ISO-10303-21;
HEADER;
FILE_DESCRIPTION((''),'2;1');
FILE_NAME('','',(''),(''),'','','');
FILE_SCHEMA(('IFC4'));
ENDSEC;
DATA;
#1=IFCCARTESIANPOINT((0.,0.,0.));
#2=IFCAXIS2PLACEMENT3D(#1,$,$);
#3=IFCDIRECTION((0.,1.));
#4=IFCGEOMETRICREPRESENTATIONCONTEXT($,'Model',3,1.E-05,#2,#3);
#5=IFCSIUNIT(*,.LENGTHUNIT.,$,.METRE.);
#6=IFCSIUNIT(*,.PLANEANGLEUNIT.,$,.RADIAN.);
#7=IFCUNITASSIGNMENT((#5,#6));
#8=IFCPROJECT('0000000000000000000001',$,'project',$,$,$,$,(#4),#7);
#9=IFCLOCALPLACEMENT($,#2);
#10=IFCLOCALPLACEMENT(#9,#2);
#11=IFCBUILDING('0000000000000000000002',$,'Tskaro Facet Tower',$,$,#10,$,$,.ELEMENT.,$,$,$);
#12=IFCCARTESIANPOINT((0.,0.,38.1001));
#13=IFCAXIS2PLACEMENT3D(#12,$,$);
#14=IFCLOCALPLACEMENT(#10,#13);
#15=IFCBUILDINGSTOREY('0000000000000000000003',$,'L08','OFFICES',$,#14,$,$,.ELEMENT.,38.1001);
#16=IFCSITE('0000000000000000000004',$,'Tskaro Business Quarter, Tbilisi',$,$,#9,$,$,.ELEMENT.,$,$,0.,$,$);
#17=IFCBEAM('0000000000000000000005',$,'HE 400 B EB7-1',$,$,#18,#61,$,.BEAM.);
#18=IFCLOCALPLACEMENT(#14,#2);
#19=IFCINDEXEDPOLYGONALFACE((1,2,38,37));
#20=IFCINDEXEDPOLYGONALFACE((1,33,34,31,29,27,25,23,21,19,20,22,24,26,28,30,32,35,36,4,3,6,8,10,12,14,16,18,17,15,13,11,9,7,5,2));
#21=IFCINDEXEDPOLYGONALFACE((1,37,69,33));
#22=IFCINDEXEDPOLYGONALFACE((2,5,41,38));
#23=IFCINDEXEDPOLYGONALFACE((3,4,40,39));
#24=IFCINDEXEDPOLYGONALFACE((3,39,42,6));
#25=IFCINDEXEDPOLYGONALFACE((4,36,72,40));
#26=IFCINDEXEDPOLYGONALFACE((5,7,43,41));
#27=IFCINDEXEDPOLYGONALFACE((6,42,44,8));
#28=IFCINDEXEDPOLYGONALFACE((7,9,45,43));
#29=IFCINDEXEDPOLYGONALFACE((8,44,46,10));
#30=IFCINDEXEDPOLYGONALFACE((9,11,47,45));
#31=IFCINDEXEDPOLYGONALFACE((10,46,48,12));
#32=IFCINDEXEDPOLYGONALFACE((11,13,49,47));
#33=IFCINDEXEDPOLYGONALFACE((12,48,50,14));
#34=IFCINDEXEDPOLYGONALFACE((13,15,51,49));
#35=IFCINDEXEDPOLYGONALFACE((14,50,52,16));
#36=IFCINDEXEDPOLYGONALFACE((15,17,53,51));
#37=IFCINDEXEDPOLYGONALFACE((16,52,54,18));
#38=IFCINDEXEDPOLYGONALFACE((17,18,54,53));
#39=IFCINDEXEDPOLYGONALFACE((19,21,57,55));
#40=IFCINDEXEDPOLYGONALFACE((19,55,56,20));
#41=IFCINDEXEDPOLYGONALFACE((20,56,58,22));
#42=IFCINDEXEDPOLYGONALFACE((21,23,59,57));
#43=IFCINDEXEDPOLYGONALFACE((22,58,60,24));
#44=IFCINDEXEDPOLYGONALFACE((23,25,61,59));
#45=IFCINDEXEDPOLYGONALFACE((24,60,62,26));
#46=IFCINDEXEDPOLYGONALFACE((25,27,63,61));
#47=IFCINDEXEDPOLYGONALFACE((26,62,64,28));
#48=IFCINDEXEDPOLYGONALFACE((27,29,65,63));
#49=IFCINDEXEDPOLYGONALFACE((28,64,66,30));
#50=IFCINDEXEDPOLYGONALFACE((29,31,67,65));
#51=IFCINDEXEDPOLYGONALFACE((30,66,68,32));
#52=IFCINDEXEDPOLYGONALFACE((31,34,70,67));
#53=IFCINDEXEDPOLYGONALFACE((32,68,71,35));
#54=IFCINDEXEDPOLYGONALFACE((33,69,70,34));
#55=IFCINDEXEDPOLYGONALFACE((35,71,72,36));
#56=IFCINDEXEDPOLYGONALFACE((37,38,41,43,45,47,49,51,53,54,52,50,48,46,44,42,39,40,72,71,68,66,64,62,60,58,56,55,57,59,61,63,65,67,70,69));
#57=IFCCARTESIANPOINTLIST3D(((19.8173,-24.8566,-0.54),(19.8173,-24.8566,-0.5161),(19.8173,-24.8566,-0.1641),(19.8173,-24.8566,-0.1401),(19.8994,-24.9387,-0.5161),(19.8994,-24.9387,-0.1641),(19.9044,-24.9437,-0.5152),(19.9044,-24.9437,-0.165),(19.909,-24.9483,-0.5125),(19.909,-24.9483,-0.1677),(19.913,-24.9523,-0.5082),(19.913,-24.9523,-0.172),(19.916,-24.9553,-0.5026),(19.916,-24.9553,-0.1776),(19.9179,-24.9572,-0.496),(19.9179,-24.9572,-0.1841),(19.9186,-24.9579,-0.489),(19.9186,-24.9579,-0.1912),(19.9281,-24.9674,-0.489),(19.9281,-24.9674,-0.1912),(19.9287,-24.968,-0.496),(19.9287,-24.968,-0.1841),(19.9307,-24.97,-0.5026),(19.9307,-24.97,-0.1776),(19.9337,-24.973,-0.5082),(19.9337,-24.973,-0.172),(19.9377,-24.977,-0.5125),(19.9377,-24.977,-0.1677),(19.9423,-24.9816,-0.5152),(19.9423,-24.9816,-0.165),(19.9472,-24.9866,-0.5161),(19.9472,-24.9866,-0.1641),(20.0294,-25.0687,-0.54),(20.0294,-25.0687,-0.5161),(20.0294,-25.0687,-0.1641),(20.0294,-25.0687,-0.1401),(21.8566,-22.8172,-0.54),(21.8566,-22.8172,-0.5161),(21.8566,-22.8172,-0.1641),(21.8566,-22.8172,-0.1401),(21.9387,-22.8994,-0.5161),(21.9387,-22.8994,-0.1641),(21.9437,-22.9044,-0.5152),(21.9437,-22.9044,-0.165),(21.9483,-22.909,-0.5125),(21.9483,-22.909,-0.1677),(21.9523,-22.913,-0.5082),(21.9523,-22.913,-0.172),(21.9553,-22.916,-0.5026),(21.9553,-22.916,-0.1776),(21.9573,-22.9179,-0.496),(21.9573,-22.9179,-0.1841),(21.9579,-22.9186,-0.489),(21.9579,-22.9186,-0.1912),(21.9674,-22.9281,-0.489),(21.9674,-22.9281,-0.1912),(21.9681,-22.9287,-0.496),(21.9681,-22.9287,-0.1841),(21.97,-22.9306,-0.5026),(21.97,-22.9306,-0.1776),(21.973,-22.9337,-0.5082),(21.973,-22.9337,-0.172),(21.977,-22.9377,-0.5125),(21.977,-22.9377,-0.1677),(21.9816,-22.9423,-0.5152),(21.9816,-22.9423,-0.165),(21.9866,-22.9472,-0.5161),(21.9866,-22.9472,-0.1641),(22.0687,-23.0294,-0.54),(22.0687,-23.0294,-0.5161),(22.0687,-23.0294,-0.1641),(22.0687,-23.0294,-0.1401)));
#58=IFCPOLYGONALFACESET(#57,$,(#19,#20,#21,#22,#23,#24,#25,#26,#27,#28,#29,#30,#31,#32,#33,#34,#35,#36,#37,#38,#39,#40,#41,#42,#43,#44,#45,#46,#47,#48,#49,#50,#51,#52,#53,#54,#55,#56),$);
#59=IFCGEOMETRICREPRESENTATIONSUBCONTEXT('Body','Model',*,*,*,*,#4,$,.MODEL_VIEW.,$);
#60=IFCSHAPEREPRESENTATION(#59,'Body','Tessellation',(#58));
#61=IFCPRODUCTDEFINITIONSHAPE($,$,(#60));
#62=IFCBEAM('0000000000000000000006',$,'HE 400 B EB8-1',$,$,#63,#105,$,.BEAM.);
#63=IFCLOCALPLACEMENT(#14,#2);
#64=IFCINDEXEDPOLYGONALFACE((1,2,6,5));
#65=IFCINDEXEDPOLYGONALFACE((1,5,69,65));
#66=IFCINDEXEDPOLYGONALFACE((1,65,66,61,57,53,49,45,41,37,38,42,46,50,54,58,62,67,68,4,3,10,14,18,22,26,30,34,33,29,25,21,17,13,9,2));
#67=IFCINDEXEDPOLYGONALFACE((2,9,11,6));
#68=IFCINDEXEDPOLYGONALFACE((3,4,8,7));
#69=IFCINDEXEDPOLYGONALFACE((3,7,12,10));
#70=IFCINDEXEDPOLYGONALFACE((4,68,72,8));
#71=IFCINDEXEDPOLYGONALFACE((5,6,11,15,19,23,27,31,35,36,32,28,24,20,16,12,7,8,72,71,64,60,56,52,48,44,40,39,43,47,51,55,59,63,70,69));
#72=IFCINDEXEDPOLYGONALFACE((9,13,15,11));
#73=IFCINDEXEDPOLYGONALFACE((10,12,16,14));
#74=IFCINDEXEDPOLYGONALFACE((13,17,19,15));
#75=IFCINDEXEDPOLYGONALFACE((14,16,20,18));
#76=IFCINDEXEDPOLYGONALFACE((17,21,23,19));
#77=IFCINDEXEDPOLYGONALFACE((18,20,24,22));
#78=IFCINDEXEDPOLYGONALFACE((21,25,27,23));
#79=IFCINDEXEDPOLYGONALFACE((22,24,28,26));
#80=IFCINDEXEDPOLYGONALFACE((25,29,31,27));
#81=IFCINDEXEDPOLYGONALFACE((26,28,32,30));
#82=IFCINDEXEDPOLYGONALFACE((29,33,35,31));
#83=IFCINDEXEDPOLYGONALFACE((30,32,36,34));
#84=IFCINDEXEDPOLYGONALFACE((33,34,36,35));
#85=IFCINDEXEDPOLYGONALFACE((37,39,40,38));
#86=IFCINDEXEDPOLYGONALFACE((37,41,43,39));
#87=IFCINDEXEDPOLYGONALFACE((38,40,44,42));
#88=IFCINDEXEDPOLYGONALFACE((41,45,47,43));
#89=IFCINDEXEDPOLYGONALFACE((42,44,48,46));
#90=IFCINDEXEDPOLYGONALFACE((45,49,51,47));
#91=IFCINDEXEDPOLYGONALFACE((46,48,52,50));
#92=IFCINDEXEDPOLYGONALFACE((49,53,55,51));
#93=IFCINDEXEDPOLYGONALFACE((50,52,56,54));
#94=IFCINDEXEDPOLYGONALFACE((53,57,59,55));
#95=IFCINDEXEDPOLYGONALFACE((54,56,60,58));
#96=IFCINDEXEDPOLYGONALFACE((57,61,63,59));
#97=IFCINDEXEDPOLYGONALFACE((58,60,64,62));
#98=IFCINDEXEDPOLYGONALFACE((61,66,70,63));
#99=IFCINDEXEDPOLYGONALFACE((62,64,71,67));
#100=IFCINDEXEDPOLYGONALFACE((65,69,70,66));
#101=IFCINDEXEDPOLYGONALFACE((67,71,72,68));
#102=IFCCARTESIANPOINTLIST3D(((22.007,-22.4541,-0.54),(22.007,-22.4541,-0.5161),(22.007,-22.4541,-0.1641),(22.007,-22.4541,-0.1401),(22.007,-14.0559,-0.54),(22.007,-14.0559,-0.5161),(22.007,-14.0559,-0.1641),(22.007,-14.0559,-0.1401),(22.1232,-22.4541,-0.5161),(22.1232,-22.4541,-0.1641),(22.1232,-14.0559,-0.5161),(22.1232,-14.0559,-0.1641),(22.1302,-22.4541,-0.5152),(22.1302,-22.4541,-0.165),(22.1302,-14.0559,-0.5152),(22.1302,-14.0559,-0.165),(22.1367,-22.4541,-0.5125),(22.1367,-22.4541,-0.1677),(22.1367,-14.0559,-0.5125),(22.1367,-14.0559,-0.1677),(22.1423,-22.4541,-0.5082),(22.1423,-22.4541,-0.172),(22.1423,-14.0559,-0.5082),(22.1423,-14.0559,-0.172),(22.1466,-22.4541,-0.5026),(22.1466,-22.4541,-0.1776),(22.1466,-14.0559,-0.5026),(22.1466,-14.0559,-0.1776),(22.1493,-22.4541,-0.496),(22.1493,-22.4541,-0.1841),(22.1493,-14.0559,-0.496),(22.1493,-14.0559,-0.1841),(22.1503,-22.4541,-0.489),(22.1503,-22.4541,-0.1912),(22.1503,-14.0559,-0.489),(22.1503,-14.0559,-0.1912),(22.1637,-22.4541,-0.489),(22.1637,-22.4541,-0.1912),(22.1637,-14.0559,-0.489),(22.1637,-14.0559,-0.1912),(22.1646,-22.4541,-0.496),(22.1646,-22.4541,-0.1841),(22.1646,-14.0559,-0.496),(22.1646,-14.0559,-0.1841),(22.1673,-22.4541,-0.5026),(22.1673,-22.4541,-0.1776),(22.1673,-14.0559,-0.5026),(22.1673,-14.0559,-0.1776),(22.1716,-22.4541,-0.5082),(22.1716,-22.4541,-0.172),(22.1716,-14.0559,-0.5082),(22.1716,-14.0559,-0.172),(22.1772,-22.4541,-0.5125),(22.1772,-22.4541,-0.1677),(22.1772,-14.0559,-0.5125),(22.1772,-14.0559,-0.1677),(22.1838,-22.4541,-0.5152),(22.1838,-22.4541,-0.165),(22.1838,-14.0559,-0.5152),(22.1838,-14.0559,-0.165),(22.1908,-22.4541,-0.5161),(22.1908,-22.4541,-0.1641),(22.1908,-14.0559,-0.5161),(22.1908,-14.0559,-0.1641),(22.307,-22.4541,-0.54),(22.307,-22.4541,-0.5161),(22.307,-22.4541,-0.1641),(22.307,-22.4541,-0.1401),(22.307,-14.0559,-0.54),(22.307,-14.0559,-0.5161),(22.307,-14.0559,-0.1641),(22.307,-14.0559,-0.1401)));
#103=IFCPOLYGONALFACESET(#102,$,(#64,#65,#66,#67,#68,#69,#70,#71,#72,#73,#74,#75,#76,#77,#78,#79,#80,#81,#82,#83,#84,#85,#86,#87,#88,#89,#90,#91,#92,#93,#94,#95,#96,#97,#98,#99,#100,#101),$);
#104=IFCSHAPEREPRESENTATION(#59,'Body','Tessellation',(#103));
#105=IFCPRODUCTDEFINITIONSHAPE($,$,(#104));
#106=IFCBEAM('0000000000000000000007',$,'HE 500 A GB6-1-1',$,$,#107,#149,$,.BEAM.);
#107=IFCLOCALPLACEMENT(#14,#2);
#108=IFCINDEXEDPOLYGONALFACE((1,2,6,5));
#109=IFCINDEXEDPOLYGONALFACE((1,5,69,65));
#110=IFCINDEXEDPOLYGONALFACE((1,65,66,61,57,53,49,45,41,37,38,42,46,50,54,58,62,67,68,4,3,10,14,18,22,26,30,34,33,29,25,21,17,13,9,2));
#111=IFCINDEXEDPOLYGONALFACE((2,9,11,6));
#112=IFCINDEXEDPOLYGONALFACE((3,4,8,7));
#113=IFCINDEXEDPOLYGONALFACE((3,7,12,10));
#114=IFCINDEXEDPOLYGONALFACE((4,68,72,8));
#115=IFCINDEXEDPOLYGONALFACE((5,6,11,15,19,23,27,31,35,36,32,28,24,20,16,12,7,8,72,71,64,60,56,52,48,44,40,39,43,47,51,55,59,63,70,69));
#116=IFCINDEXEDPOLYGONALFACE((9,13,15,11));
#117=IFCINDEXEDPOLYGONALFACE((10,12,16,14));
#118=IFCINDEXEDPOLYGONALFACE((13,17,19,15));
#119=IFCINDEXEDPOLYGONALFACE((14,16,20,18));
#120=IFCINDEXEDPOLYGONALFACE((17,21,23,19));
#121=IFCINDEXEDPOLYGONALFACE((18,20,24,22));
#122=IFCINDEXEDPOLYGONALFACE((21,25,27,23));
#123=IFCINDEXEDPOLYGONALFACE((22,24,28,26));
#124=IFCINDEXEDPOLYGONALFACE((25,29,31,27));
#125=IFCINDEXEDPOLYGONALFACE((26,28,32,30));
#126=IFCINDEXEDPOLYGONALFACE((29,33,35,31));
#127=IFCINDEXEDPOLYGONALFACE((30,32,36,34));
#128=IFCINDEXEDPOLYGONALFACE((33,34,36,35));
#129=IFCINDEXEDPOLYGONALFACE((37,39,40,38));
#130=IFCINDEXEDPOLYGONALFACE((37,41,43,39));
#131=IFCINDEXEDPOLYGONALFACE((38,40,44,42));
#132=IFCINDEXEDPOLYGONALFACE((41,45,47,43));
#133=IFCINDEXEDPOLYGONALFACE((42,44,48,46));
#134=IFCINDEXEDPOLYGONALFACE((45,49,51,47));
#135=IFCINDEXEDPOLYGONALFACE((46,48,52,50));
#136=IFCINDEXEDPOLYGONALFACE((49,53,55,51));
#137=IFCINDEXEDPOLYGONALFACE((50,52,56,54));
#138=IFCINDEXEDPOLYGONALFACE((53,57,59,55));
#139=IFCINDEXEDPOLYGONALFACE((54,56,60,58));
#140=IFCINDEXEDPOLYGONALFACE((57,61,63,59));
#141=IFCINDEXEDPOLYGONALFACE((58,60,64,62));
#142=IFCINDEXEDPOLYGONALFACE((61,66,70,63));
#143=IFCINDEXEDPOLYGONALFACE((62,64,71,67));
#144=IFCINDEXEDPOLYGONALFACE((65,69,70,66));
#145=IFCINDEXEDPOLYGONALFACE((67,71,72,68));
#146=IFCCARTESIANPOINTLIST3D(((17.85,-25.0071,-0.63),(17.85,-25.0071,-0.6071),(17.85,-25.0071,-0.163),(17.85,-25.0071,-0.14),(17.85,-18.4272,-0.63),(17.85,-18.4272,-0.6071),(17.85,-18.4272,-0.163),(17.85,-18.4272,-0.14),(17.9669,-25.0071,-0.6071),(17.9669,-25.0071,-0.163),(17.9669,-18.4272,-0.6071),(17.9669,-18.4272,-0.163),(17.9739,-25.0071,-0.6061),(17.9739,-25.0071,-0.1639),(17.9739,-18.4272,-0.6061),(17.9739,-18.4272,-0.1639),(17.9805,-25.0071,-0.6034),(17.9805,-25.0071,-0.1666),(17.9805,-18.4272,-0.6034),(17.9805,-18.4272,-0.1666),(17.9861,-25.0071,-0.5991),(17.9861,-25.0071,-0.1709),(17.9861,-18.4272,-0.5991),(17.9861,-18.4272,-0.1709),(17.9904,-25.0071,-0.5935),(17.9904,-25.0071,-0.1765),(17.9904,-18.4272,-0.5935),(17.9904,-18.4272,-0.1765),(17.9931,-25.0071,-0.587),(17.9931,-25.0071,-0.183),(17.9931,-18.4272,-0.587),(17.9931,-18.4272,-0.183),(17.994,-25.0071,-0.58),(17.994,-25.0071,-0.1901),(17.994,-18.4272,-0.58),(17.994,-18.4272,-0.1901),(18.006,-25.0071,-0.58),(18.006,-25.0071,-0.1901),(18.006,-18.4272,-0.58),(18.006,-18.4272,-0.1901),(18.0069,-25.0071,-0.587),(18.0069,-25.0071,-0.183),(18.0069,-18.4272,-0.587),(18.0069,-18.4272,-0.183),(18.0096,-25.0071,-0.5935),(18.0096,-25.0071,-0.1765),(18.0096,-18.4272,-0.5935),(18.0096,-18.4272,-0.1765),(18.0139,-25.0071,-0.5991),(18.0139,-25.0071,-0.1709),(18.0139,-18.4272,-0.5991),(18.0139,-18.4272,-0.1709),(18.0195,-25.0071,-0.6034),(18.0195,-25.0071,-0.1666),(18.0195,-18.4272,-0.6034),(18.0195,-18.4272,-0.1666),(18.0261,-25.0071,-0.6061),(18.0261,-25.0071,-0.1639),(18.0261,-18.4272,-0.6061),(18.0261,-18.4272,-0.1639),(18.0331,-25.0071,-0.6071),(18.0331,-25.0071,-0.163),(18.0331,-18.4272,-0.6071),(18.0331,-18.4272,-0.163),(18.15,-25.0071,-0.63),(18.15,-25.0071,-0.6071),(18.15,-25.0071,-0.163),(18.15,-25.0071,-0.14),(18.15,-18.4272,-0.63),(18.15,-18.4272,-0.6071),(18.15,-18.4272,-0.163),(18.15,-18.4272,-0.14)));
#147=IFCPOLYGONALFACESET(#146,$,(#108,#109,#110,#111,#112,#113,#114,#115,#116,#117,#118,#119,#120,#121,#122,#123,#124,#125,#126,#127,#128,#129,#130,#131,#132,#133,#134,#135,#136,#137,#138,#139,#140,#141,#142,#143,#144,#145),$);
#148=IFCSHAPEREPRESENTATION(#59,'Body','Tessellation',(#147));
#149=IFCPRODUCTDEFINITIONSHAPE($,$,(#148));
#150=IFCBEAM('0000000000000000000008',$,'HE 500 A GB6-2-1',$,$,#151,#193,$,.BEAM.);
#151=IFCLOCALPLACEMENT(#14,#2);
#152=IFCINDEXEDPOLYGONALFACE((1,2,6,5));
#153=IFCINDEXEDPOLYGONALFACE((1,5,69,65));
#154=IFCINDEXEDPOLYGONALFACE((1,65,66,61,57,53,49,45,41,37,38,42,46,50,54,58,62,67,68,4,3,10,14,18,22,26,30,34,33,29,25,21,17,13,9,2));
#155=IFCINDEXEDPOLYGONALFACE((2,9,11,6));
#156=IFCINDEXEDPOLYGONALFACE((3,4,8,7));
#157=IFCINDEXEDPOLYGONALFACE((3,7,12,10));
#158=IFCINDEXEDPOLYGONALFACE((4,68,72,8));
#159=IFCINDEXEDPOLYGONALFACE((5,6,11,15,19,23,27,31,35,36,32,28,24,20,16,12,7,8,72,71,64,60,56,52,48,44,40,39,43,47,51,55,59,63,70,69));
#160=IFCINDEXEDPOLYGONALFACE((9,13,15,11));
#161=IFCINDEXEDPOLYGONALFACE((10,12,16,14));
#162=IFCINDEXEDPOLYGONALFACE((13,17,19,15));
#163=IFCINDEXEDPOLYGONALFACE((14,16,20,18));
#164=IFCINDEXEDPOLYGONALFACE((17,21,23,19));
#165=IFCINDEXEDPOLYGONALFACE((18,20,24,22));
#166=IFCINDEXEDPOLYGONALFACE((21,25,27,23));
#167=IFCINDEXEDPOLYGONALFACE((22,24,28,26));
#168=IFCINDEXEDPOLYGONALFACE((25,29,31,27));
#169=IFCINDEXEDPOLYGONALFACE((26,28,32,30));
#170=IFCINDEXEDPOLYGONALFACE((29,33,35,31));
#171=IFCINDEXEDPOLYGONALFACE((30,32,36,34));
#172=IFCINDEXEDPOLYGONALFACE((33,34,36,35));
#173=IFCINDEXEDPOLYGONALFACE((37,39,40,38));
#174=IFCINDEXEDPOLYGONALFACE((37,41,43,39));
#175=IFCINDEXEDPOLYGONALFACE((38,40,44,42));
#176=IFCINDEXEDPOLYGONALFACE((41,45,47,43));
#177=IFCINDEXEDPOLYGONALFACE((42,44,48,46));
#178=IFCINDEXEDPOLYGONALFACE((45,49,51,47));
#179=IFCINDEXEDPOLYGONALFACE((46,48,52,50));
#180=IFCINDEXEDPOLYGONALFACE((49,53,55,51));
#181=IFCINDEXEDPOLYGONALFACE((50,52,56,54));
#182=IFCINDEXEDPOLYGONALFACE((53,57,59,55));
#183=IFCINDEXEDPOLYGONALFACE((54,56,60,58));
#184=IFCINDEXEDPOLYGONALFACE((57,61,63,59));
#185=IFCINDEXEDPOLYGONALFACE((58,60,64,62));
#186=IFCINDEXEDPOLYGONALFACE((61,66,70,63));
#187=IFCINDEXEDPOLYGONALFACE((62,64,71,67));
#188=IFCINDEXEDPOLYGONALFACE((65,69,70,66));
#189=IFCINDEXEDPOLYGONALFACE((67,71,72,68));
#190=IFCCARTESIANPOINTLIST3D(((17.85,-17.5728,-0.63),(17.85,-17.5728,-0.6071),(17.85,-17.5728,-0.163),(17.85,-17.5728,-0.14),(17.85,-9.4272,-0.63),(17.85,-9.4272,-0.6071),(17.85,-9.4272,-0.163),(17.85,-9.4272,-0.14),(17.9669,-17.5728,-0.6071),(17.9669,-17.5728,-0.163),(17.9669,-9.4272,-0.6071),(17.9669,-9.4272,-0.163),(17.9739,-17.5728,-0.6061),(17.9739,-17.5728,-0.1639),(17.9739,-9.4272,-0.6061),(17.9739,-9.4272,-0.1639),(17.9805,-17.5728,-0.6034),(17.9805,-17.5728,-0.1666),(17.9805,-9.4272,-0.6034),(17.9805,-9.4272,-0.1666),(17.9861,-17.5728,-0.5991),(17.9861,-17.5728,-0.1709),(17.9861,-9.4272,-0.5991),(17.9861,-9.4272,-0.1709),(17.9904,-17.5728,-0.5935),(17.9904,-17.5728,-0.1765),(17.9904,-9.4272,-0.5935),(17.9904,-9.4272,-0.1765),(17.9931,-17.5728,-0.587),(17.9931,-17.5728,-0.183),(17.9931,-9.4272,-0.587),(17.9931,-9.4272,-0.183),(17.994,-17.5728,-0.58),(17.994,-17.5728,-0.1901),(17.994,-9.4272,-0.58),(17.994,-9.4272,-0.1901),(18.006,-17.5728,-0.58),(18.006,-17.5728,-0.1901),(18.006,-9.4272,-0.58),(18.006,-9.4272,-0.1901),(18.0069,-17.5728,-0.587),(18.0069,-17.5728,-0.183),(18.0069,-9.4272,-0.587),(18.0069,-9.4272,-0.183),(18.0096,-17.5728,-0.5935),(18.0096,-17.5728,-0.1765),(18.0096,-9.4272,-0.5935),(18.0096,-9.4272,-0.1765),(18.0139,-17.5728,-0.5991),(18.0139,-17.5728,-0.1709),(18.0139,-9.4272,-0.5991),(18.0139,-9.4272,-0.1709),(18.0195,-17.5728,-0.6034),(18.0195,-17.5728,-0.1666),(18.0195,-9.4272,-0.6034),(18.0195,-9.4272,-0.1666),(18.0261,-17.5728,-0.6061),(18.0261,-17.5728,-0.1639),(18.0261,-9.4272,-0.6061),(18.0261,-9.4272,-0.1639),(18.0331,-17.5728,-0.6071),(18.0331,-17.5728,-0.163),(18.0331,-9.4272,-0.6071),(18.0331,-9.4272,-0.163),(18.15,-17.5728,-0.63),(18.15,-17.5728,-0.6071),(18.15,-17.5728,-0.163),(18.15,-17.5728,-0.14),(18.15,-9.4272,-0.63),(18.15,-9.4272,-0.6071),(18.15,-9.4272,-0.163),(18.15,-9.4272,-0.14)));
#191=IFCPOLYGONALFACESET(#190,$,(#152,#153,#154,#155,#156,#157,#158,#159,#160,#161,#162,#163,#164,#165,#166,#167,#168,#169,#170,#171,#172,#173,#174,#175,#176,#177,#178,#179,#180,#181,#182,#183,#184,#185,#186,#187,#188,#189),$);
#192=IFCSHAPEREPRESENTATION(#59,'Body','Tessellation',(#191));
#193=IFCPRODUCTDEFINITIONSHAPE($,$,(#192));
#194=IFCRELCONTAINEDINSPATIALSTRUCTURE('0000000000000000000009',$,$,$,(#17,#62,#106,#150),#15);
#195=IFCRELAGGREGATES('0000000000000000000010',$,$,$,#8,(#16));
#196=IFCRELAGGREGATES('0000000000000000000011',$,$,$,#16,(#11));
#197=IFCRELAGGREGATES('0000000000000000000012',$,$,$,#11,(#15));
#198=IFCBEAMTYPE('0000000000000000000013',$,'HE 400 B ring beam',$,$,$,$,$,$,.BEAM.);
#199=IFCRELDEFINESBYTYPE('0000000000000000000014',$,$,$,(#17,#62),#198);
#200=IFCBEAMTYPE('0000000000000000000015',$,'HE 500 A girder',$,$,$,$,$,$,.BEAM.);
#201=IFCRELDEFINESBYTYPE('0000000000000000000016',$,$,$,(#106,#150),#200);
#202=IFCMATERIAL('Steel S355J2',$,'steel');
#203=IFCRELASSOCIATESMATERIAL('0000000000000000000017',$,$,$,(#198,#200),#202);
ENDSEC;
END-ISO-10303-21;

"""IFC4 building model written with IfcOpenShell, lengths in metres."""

from ifc_helpers import new_model, si_unit, direction, frame, origin, origin_2d, place, context, subcontext, project, spatial, i_section, extrude, material, material_profile, profile_set, type_object, element, save


model = new_model("IFC4")

# Units and contexts
model_context = context("Model", 3, precision=1e-05, world=origin(), true_north=direction((0.0, 1.0)))
body_context = subcontext(model_context, "Body", "Model", "MODEL_VIEW")
ifc_project = project(units=[si_unit("LENGTHUNIT", "METRE"), si_unit("PLANEANGLEUNIT", "RADIAN")], contexts=[model_context])

# Site, building, storey
site_placement = place(None, origin())
site = spatial("IfcSite", under=ifc_project, at=site_placement, Name="Tskaro Business Quarter, Tbilisi", CompositionType="ELEMENT", RefElevation=0.0)
building_placement = place(site_placement, origin())
building = spatial("IfcBuilding", under=site, at=building_placement, Name="Tskaro Facet Tower", CompositionType="ELEMENT")
storey_placement = place(building_placement, frame((0.0, 0.0, 38.1001)))
storey = spatial("IfcBuildingStorey", under=building, at=storey_placement, Name="L08", Description="OFFICES", CompositionType="ELEMENT", Elevation=38.1001)

# Beams
ifc_material_1 = material(Name="Steel S355J2", Category="steel")
ifc_material_profile_1 = material_profile(ifc_material_1, i_section(OverallWidth=0.3, OverallDepth=0.3999, WebThickness=0.0134, FlangeThickness=0.0239, FilletRadius=0.0271, at=origin_2d()), Name="HE 400 B")
ifc_profile_set_1 = profile_set([ifc_material_profile_1], Name="Steel S355J2")
beam_type_1 = type_object("IfcBeamType", Name="HE 400 B ring beam", PredefinedType="BEAM", material=ifc_profile_set_1)
beam_1_placement = place(storey_placement, frame((19.9233, -24.9626, -0.3401), z_axis=(0.707107, 0.707107, 0.0), x_axis=(-0.707107, 0.707107, 0.0)))
element("IfcBeam", 1, at=beam_1_placement, inside=storey, type_object=beam_type_1, Name="HE 400 B EB7-1", PredefinedType="BEAM", context=body_context, shape_type="SweptSolid", body=[
    extrude(i_section(OverallWidth=0.3, OverallDepth=0.3999, WebThickness=0.0134, FlangeThickness=0.0239, FilletRadius=0.0271, at=origin_2d()), origin(), (0.0, 0.0, 1.0), 2.884),
])
beam_2_placement = place(storey_placement, frame((22.157, -22.4541, -0.3401), z_axis=(0.0, 1.0, 0.0), x_axis=(-1.0, 0.0, 0.0)))
element("IfcBeam", 2, at=beam_2_placement, inside=storey, type_object=beam_type_1, Name="HE 400 B EB8-1", PredefinedType="BEAM", context=body_context, shape_type="SweptSolid", body=[
    extrude(i_section(OverallWidth=0.3, OverallDepth=0.3999, WebThickness=0.0134, FlangeThickness=0.0239, FilletRadius=0.0271, at=origin_2d()), origin(), (0.0, 0.0, 1.0), 8.3982),
])
ifc_material_profile_2 = material_profile(ifc_material_1, i_section(OverallWidth=0.3, OverallDepth=0.49, WebThickness=0.012, FlangeThickness=0.0229, FilletRadius=0.0271, at=origin_2d()), Name="HE 500 A")
ifc_profile_set_2 = profile_set([ifc_material_profile_2], Name="Steel S355J2")
beam_type_2 = type_object("IfcBeamType", Name="HE 500 A girder", PredefinedType="BEAM", material=ifc_profile_set_2)
beam_3_placement = place(storey_placement, frame((18.0, -25.0071, -0.385), z_axis=(0.0, 1.0, 0.0), x_axis=(-1.0, 0.0, 0.0)))
element("IfcBeam", 3, at=beam_3_placement, inside=storey, type_object=beam_type_2, Name="HE 500 A GB6-1-1", PredefinedType="BEAM", context=body_context, shape_type="SweptSolid", body=[
    extrude(i_section(OverallWidth=0.3, OverallDepth=0.49, WebThickness=0.012, FlangeThickness=0.0229, FilletRadius=0.0271, at=origin_2d()), origin(), (0.0, 0.0, 1.0), 6.5798),
])
beam_4_placement = place(storey_placement, frame((18.0, -17.5728, -0.385), z_axis=(0.0, 1.0, 0.0), x_axis=(-1.0, 0.0, 0.0)))
element("IfcBeam", 4, at=beam_4_placement, inside=storey, type_object=beam_type_2, Name="HE 500 A GB6-2-1", PredefinedType="BEAM", context=body_context, shape_type="SweptSolid", body=[
    extrude(i_section(OverallWidth=0.3, OverallDepth=0.49, WebThickness=0.012, FlangeThickness=0.0229, FilletRadius=0.0271, at=origin_2d()), origin(), (0.0, 0.0, 1.0), 8.1455),
])

save(model, "model.ifc")
